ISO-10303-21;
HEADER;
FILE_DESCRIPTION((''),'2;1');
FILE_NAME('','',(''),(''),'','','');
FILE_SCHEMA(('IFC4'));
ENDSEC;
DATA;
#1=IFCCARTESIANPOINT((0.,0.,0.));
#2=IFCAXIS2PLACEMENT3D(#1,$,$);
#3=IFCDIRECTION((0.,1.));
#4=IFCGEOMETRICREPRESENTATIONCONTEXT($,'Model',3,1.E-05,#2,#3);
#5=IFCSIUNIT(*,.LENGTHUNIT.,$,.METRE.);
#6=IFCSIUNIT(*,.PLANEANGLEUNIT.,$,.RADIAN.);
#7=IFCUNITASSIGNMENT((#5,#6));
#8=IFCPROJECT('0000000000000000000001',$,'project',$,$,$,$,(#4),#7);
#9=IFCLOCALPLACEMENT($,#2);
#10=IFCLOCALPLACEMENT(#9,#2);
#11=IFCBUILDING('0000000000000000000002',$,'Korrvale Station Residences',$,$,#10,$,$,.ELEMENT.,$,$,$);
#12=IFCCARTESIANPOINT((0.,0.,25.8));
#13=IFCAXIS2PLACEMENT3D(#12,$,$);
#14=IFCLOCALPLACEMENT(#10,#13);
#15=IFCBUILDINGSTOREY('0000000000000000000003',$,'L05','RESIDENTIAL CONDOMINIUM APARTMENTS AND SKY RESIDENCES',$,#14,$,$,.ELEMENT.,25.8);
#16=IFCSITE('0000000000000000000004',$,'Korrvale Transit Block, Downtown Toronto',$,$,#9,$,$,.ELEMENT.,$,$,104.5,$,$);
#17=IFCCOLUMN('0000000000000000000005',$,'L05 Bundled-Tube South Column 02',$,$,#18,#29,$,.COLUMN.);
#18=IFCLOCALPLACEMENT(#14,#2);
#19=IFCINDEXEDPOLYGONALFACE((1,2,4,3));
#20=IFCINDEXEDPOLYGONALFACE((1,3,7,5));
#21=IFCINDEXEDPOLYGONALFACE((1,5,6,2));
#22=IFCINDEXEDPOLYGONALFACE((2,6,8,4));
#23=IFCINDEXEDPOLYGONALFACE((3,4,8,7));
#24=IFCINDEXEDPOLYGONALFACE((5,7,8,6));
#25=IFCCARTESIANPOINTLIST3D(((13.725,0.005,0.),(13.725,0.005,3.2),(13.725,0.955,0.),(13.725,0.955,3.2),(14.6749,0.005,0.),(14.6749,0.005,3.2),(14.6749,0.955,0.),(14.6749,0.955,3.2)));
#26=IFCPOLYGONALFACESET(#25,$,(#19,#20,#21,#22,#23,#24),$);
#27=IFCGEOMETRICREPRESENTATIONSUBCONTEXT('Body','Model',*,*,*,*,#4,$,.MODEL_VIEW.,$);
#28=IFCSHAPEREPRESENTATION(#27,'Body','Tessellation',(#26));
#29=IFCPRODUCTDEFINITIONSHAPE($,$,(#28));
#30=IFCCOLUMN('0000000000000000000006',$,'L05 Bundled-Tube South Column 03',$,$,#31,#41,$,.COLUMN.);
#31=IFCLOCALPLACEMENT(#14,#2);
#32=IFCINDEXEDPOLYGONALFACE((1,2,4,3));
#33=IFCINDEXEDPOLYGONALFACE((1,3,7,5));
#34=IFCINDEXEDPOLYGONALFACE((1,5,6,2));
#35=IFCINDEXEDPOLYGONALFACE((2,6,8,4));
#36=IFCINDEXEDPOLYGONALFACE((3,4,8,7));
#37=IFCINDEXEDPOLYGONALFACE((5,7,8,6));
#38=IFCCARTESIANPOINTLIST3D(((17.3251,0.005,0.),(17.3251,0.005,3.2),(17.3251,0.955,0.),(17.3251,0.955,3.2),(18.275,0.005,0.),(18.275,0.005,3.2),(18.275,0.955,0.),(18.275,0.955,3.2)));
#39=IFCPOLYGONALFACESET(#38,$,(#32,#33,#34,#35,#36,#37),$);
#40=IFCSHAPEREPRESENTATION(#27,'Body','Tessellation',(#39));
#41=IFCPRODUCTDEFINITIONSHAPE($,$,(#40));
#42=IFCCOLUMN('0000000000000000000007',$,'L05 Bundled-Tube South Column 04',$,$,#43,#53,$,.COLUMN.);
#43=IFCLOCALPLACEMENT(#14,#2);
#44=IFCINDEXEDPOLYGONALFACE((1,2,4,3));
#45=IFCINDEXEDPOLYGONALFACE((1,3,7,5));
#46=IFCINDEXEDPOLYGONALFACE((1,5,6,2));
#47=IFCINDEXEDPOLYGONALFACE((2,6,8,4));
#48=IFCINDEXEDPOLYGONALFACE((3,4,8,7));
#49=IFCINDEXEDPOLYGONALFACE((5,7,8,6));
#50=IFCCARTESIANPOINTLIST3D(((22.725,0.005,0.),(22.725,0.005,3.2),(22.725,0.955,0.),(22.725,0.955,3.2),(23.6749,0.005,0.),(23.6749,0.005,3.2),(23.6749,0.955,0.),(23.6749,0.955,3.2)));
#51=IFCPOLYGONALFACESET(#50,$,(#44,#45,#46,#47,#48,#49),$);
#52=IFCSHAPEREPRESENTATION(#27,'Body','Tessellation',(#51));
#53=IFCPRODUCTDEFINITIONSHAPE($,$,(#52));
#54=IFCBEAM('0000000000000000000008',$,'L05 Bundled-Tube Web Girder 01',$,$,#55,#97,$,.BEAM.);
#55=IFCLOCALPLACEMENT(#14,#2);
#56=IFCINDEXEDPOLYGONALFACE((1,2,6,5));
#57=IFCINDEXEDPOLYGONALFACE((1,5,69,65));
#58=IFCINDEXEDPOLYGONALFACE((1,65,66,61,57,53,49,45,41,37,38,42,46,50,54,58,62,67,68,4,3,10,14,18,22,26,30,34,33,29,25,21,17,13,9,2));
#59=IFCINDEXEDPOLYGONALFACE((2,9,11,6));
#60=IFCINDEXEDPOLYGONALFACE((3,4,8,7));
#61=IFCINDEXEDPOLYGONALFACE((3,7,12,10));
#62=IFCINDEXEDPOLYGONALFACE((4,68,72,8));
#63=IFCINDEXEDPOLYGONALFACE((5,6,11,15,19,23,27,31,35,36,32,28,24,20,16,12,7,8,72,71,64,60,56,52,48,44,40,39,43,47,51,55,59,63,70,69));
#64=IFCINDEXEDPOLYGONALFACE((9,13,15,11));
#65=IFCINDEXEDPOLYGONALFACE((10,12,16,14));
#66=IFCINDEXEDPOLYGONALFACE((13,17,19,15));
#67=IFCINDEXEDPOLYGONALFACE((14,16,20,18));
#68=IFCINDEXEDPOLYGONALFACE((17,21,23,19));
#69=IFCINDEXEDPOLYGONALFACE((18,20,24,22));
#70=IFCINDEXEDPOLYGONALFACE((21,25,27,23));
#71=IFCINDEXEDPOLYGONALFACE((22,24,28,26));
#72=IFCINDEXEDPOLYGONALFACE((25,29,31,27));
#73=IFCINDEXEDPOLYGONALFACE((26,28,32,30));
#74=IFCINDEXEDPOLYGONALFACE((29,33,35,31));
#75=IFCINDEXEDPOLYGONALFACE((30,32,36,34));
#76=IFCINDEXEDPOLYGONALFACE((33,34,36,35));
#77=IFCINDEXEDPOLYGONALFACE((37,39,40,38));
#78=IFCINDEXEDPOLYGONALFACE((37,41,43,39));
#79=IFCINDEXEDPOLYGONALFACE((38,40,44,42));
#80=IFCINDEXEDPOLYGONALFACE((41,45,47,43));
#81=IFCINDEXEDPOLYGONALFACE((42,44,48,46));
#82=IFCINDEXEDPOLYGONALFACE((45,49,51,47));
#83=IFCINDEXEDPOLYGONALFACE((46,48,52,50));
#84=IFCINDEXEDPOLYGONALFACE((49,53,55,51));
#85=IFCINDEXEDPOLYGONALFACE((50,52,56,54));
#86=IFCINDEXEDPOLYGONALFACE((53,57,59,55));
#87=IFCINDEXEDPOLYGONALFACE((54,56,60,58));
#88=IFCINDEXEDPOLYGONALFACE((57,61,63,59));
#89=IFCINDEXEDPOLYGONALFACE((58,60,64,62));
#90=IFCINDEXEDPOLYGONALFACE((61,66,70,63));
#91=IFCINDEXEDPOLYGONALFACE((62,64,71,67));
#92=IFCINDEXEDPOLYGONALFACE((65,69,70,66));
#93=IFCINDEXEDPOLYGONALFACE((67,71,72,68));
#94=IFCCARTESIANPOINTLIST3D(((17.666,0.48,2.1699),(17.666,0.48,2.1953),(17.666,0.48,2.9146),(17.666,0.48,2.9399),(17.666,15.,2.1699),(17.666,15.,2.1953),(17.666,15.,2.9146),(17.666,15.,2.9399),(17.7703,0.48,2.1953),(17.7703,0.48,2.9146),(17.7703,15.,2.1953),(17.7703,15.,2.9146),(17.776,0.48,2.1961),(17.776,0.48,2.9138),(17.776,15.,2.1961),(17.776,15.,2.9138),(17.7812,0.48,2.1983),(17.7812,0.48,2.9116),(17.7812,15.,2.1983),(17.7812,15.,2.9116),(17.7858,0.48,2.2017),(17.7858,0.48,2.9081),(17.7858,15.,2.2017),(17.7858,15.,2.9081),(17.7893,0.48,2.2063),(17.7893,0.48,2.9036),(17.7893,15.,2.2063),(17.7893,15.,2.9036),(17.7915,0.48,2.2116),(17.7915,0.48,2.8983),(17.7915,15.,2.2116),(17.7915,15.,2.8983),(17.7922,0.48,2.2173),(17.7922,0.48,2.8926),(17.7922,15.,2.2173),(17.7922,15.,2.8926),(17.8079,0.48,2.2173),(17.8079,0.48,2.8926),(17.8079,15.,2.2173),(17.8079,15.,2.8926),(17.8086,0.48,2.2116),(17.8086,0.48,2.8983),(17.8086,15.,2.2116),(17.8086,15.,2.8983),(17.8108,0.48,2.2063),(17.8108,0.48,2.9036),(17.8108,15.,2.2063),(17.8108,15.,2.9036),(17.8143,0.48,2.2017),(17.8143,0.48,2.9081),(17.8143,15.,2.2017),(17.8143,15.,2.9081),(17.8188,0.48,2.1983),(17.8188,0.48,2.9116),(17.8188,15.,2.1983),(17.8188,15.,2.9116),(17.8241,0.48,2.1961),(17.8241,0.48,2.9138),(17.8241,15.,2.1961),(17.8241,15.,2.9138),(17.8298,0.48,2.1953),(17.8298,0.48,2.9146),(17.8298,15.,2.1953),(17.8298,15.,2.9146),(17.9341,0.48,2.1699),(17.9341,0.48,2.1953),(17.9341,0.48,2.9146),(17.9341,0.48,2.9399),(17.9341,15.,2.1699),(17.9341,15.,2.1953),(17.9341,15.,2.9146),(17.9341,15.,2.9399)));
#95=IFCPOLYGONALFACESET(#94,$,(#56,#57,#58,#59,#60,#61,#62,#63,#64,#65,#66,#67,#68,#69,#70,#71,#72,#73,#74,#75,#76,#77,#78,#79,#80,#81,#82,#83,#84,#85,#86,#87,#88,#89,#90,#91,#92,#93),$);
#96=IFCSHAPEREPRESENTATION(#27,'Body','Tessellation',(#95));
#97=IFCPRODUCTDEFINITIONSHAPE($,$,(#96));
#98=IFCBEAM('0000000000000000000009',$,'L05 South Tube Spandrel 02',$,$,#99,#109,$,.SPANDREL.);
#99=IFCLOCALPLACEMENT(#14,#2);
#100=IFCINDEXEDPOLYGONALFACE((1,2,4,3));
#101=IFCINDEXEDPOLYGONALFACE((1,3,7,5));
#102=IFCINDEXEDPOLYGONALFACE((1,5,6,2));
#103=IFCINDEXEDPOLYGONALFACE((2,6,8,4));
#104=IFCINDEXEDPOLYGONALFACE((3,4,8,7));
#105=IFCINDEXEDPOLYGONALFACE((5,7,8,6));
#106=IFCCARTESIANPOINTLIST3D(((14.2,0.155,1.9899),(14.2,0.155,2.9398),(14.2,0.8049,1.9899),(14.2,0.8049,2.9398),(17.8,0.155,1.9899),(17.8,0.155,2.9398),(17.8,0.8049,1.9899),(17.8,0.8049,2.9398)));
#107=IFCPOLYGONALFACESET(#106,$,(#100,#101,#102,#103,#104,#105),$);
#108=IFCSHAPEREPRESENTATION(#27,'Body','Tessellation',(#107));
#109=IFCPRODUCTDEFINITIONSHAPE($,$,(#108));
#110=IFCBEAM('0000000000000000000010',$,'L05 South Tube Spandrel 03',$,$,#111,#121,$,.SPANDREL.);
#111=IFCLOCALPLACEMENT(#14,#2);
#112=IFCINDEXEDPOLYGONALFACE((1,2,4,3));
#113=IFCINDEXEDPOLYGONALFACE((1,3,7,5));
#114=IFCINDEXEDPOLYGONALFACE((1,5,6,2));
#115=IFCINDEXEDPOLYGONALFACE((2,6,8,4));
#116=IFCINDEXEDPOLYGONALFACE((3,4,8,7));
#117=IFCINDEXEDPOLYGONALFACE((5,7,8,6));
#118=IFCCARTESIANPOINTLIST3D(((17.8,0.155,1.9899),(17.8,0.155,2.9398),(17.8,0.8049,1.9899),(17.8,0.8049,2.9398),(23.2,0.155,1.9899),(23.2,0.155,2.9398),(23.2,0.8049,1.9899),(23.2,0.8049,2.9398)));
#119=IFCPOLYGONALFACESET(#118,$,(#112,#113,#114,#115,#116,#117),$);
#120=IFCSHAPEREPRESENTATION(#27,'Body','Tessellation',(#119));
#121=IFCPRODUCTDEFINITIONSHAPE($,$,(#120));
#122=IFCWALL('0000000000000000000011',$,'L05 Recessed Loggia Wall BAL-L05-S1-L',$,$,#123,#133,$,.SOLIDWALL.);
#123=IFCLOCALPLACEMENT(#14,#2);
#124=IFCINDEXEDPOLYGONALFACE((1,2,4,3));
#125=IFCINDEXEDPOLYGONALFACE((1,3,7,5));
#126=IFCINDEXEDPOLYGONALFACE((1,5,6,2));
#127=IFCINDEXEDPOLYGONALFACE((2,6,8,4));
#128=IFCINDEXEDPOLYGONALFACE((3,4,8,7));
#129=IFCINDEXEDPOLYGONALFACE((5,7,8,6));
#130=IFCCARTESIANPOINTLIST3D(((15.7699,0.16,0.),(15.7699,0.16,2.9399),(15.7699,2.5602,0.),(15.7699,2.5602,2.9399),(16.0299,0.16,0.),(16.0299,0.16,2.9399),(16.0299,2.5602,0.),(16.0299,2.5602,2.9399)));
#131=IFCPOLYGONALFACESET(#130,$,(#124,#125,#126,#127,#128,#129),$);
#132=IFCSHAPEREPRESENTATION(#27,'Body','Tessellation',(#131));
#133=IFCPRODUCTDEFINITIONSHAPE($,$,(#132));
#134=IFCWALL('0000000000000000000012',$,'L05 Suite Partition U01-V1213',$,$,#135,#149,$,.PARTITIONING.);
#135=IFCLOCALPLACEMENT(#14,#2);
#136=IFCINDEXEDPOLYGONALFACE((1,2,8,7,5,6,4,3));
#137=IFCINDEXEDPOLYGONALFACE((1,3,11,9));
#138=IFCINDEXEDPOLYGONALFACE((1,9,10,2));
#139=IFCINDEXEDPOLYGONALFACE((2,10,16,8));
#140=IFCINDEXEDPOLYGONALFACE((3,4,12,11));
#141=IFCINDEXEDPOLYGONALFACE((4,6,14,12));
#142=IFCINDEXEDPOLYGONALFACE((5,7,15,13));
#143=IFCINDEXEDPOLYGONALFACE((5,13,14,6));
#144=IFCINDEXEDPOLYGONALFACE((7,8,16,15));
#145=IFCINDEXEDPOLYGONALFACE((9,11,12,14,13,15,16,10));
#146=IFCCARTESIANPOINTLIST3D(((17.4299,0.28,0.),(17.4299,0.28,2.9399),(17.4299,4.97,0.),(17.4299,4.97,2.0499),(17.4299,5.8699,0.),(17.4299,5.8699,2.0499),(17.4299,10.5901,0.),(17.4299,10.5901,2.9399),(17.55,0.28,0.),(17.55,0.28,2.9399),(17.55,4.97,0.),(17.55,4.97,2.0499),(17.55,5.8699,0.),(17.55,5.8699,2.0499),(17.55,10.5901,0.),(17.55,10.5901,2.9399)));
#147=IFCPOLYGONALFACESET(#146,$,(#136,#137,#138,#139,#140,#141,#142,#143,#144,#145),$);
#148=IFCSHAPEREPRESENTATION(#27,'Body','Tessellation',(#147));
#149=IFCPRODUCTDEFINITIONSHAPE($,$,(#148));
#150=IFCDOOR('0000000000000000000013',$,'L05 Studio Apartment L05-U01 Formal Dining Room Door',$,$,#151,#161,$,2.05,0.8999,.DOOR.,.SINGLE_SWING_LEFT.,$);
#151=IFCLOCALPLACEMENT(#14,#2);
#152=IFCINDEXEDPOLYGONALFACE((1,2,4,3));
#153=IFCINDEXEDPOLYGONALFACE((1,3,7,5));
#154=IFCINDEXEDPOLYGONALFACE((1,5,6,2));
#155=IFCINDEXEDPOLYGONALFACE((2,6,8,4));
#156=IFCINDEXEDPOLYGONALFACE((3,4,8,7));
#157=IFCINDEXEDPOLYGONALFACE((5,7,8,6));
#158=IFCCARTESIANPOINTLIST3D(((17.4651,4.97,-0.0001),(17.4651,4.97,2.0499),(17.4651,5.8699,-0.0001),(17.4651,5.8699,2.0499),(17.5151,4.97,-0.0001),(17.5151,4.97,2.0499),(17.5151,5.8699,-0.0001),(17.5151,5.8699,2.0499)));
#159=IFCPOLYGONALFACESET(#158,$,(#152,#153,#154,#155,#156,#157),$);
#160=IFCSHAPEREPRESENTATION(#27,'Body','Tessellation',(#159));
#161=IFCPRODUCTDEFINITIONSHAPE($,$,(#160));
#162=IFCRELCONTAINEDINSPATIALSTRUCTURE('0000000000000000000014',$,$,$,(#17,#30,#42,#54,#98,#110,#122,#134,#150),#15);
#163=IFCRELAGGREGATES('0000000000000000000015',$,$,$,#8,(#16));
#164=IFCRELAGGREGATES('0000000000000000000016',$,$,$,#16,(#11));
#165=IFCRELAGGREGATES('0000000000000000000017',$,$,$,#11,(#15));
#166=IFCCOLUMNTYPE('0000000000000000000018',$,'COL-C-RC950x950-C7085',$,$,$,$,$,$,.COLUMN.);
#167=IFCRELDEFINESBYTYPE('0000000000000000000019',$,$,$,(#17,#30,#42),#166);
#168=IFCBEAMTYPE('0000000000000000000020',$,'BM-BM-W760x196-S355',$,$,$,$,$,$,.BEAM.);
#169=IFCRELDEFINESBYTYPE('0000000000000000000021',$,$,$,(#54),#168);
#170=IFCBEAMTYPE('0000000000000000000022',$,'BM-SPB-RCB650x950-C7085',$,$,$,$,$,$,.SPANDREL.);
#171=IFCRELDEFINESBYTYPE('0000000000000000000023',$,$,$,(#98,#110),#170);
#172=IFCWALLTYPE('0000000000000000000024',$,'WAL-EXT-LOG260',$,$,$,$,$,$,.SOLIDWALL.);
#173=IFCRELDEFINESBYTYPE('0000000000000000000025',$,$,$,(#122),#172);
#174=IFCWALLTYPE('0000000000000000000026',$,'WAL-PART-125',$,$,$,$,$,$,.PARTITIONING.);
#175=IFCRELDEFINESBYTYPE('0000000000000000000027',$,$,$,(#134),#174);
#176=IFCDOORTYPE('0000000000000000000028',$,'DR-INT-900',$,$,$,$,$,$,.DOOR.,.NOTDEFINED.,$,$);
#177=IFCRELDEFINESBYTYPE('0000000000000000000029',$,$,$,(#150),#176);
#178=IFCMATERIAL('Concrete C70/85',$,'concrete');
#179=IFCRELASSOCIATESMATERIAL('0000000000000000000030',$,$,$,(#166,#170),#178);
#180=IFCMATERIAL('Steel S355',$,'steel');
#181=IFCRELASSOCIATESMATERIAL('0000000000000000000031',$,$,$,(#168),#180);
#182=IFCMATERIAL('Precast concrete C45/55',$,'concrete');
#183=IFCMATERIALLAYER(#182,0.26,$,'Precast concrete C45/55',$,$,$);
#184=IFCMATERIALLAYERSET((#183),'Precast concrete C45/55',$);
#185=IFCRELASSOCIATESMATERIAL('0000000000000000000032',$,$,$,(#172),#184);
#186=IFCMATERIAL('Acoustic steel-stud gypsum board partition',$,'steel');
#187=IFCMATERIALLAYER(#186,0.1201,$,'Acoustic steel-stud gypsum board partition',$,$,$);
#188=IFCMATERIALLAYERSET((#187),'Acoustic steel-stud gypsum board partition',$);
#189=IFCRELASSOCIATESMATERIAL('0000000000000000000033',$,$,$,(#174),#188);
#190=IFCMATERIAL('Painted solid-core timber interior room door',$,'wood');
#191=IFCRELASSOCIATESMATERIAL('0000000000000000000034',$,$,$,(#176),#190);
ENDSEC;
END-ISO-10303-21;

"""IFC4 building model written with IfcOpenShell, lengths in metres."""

from ifc_helpers import new_model, si_unit, direction, frame, frame_2d, origin, origin_2d, place, context, subcontext, project, spatial, rectangle, i_section, extrude, material, layer, layer_set, material_profile, profile_set, type_object, element, fill, save


model = new_model("IFC4")

# Units and contexts
model_context = context("Model", 3, precision=1e-05, world=origin(), true_north=direction((0.0, 1.0)))
body_context = subcontext(model_context, "Body", "Model", "MODEL_VIEW")
ifc_project = project(units=[si_unit("LENGTHUNIT", "METRE"), si_unit("PLANEANGLEUNIT", "RADIAN")], contexts=[model_context])

# Site, building, storey
site_placement = place(None, origin())
site = spatial("IfcSite", under=ifc_project, at=site_placement, Name="Korrvale Transit Block, Downtown Toronto", CompositionType="ELEMENT", RefElevation=104.5)
building_placement = place(site_placement, origin())
building = spatial("IfcBuilding", under=site, at=building_placement, Name="Korrvale Station Residences", CompositionType="ELEMENT")
storey_placement = place(building_placement, frame((0.0, 0.0, 25.8)))
storey = spatial("IfcBuildingStorey", under=building, at=storey_placement, Name="L05", Description="RESIDENTIAL CONDOMINIUM APARTMENTS AND SKY RESIDENCES", CompositionType="ELEMENT", Elevation=25.8)

# Columns
ifc_material_1 = material(Name="Concrete C70/85", Category="concrete")
ifc_material_profile_1 = material_profile(ifc_material_1, rectangle(XDim=0.95, YDim=0.95, at=origin_2d()), Name="RC950x950")
ifc_profile_set_1 = profile_set([ifc_material_profile_1], Name="Concrete C70/85")
column_type = type_object("IfcColumnType", Name="COL-C-RC950x950-C7085", PredefinedType="COLUMN", material=ifc_profile_set_1)
for number, where, z_axis, x_axis, name in (
    (1, (14.2, 0.48, 0.0), (0.0, 0.0, 1.0), (1.0, 0.0, 0.0), "L05 Bundled-Tube South Column 02"),
    (2, (17.8, 0.48, 0.0), (0.0, 0.0, 1.0), (1.0, 0.0, 0.0), "L05 Bundled-Tube South Column 03"),
    (3, (23.2, 0.48, 0.0), (0.0, 0.0, 1.0), (1.0, 0.0, 0.0), "L05 Bundled-Tube South Column 04"),
):
    element("IfcColumn", number, at=place(storey_placement, frame(where, z_axis=z_axis, x_axis=x_axis)), inside=storey, type_object=column_type, Name=name, PredefinedType="COLUMN", context=body_context, shape_type="SweptSolid", body=[
        extrude(rectangle(XDim=0.95, YDim=0.95, at=origin_2d()), origin(), (0.0, 0.0, 1.0), 3.2),
    ])

# Beams
ifc_material_2 = material(Name="Steel S355", Category="steel")
ifc_material_profile_2 = material_profile(ifc_material_2, i_section(OverallWidth=0.2681, OverallDepth=0.77, WebThickness=0.0156, FlangeThickness=0.0254, FilletRadius=0.022, at=origin_2d()), Name="W760x196")
ifc_profile_set_2 = profile_set([ifc_material_profile_2], Name="Steel S355")
beam_type_1 = type_object("IfcBeamType", Name="BM-BM-W760x196-S355", PredefinedType="BEAM", material=ifc_profile_set_2)
beam_1_placement = place(storey_placement, frame((17.8, 0.48, 2.5549), z_axis=(0.0, 1.0, 0.0), x_axis=(-1.0, 0.0, 0.0)))
element("IfcBeam", 4, at=beam_1_placement, inside=storey, type_object=beam_type_1, Name="L05 Bundled-Tube Web Girder 01", PredefinedType="BEAM", context=body_context, shape_type="SweptSolid", body=[
    extrude(i_section(OverallWidth=0.2681, OverallDepth=0.77, WebThickness=0.0156, FlangeThickness=0.0254, FilletRadius=0.022, at=origin_2d()), origin(), (0.0, 0.0, 1.0), 14.52),
])
ifc_material_profile_3 = material_profile(ifc_material_1, rectangle(XDim=0.6499, YDim=0.95, at=origin_2d()), Name="RCB650x950")
ifc_profile_set_3 = profile_set([ifc_material_profile_3], Name="Concrete C70/85")
beam_type_2 = type_object("IfcBeamType", Name="BM-SPB-RCB650x950-C7085", PredefinedType="SPANDREL", material=ifc_profile_set_3)
beam_2_placement = place(storey_placement, frame((14.2, 0.48, 2.4648), z_axis=(1.0, 0.0, 0.0), x_axis=(0.0, 1.0, 0.0)))
element("IfcBeam", 5, at=beam_2_placement, inside=storey, type_object=beam_type_2, Name="L05 South Tube Spandrel 02", PredefinedType="SPANDREL", context=body_context, shape_type="SweptSolid", body=[
    extrude(rectangle(XDim=0.6499, YDim=0.95, at=origin_2d()), origin(), (0.0, 0.0, 1.0), 3.6001),
])
beam_3_placement = place(storey_placement, frame((17.8, 0.48, 2.4648), z_axis=(1.0, 0.0, 0.0), x_axis=(0.0, 1.0, 0.0)))
element("IfcBeam", 6, at=beam_3_placement, inside=storey, type_object=beam_type_2, Name="L05 South Tube Spandrel 03", PredefinedType="SPANDREL", context=body_context, shape_type="SweptSolid", body=[
    extrude(rectangle(XDim=0.6499, YDim=0.95, at=origin_2d()), origin(), (0.0, 0.0, 1.0), 5.3999),
])

# Wall
ifc_material_3 = material(Name="Precast concrete C45/55", Category="concrete")
ifc_layer_1 = layer(ifc_material_3, 0.26, Name="Precast concrete C45/55")
ifc_layer_set_1 = layer_set([ifc_layer_1], Name="Precast concrete C45/55")
wall_type_1 = type_object("IfcWallType", Name="WAL-EXT-LOG260", PredefinedType="SOLIDWALL", material=ifc_layer_set_1)
wall_1_placement = place(storey_placement, frame((15.8999, 0.1599, 0.0), z_axis=(0.0, 0.0, 1.0), x_axis=(0.0, 1.0, 0.0)))
element("IfcWall", 7, at=wall_1_placement, inside=storey, type_object=wall_type_1, Name="L05 Recessed Loggia Wall BAL-L05-S1-L", PredefinedType="SOLIDWALL", context=body_context, shape_type="SweptSolid", body=[
    extrude(rectangle(XDim=2.4001, YDim=0.26, at=frame_2d((1.2002, 0.0))), origin(), (0.0, 0.0, 1.0), 2.9399),
])

# Wall, opening, door
ifc_material_4 = material(Name="Acoustic steel-stud gypsum board partition", Category="steel")
ifc_layer_2 = layer(ifc_material_4, 0.1201, Name="Acoustic steel-stud gypsum board partition")
ifc_layer_set_2 = layer_set([ifc_layer_2], Name="Acoustic steel-stud gypsum board partition")
wall_type_2 = type_object("IfcWallType", Name="WAL-PART-125", PredefinedType="PARTITIONING", material=ifc_layer_set_2)
wall_2_placement = place(storey_placement, frame((17.49, 0.28, 0.0), z_axis=(0.0, 0.0, 1.0), x_axis=(0.0, 1.0, 0.0)))
wall_2 = element("IfcWall", 8, at=wall_2_placement, inside=storey, type_object=wall_type_2, Name="L05 Suite Partition U01-V1213", PredefinedType="PARTITIONING", context=body_context, shape_type="SweptSolid", body=[
    extrude(rectangle(XDim=10.3101, YDim=0.1201, at=frame_2d((5.155, 0.0))), origin(), (0.0, 0.0, 1.0), 2.9399),
])
opening_1_placement = place(wall_2_placement, frame((4.6899, 0.0, 0.0)))
opening_1 = element("IfcOpeningElement", 9, at=opening_1_placement, cuts=wall_2, PredefinedType="OPENING", context=body_context, shape_type="SweptSolid", body=[
    extrude(rectangle(XDim=0.8999, YDim=2.05, at=frame_2d((0.45, 1.0249))), frame((0.0, 0.0701, 0.0), z_axis=(0.0, -1.0, 0.0), x_axis=(1.0, 0.0, 0.0)), (0.0, 0.0, 1.0), 0.1401),
])
ifc_material_5 = material(Name="Painted solid-core timber interior room door", Category="wood")
door_type = type_object("IfcDoorType", Name="DR-INT-900", OperationType="NOTDEFINED", PredefinedType="DOOR", material=ifc_material_5)
door_1_placement = place(opening_1_placement, origin())
door_1 = element("IfcDoor", 10, at=door_1_placement, inside=storey, type_object=door_type, Name="L05 Studio Apartment L05-U01 Formal Dining Room Door", OperationType="SINGLE_SWING_LEFT", OverallHeight=2.05, OverallWidth=0.8999, PredefinedType="DOOR", context=body_context, shape_type="SweptSolid", body=[
    extrude(rectangle(XDim=0.8999, YDim=2.05, at=frame_2d((0.45, 1.0249))), frame((0.0, 0.0249, 0.0), z_axis=(0.0, -1.0, 0.0), x_axis=(1.0, 0.0, 0.0)), (0.0, 0.0, 1.0), 0.05),
])
fill(opening_1, door_1)

save(model, "model.ifc")
